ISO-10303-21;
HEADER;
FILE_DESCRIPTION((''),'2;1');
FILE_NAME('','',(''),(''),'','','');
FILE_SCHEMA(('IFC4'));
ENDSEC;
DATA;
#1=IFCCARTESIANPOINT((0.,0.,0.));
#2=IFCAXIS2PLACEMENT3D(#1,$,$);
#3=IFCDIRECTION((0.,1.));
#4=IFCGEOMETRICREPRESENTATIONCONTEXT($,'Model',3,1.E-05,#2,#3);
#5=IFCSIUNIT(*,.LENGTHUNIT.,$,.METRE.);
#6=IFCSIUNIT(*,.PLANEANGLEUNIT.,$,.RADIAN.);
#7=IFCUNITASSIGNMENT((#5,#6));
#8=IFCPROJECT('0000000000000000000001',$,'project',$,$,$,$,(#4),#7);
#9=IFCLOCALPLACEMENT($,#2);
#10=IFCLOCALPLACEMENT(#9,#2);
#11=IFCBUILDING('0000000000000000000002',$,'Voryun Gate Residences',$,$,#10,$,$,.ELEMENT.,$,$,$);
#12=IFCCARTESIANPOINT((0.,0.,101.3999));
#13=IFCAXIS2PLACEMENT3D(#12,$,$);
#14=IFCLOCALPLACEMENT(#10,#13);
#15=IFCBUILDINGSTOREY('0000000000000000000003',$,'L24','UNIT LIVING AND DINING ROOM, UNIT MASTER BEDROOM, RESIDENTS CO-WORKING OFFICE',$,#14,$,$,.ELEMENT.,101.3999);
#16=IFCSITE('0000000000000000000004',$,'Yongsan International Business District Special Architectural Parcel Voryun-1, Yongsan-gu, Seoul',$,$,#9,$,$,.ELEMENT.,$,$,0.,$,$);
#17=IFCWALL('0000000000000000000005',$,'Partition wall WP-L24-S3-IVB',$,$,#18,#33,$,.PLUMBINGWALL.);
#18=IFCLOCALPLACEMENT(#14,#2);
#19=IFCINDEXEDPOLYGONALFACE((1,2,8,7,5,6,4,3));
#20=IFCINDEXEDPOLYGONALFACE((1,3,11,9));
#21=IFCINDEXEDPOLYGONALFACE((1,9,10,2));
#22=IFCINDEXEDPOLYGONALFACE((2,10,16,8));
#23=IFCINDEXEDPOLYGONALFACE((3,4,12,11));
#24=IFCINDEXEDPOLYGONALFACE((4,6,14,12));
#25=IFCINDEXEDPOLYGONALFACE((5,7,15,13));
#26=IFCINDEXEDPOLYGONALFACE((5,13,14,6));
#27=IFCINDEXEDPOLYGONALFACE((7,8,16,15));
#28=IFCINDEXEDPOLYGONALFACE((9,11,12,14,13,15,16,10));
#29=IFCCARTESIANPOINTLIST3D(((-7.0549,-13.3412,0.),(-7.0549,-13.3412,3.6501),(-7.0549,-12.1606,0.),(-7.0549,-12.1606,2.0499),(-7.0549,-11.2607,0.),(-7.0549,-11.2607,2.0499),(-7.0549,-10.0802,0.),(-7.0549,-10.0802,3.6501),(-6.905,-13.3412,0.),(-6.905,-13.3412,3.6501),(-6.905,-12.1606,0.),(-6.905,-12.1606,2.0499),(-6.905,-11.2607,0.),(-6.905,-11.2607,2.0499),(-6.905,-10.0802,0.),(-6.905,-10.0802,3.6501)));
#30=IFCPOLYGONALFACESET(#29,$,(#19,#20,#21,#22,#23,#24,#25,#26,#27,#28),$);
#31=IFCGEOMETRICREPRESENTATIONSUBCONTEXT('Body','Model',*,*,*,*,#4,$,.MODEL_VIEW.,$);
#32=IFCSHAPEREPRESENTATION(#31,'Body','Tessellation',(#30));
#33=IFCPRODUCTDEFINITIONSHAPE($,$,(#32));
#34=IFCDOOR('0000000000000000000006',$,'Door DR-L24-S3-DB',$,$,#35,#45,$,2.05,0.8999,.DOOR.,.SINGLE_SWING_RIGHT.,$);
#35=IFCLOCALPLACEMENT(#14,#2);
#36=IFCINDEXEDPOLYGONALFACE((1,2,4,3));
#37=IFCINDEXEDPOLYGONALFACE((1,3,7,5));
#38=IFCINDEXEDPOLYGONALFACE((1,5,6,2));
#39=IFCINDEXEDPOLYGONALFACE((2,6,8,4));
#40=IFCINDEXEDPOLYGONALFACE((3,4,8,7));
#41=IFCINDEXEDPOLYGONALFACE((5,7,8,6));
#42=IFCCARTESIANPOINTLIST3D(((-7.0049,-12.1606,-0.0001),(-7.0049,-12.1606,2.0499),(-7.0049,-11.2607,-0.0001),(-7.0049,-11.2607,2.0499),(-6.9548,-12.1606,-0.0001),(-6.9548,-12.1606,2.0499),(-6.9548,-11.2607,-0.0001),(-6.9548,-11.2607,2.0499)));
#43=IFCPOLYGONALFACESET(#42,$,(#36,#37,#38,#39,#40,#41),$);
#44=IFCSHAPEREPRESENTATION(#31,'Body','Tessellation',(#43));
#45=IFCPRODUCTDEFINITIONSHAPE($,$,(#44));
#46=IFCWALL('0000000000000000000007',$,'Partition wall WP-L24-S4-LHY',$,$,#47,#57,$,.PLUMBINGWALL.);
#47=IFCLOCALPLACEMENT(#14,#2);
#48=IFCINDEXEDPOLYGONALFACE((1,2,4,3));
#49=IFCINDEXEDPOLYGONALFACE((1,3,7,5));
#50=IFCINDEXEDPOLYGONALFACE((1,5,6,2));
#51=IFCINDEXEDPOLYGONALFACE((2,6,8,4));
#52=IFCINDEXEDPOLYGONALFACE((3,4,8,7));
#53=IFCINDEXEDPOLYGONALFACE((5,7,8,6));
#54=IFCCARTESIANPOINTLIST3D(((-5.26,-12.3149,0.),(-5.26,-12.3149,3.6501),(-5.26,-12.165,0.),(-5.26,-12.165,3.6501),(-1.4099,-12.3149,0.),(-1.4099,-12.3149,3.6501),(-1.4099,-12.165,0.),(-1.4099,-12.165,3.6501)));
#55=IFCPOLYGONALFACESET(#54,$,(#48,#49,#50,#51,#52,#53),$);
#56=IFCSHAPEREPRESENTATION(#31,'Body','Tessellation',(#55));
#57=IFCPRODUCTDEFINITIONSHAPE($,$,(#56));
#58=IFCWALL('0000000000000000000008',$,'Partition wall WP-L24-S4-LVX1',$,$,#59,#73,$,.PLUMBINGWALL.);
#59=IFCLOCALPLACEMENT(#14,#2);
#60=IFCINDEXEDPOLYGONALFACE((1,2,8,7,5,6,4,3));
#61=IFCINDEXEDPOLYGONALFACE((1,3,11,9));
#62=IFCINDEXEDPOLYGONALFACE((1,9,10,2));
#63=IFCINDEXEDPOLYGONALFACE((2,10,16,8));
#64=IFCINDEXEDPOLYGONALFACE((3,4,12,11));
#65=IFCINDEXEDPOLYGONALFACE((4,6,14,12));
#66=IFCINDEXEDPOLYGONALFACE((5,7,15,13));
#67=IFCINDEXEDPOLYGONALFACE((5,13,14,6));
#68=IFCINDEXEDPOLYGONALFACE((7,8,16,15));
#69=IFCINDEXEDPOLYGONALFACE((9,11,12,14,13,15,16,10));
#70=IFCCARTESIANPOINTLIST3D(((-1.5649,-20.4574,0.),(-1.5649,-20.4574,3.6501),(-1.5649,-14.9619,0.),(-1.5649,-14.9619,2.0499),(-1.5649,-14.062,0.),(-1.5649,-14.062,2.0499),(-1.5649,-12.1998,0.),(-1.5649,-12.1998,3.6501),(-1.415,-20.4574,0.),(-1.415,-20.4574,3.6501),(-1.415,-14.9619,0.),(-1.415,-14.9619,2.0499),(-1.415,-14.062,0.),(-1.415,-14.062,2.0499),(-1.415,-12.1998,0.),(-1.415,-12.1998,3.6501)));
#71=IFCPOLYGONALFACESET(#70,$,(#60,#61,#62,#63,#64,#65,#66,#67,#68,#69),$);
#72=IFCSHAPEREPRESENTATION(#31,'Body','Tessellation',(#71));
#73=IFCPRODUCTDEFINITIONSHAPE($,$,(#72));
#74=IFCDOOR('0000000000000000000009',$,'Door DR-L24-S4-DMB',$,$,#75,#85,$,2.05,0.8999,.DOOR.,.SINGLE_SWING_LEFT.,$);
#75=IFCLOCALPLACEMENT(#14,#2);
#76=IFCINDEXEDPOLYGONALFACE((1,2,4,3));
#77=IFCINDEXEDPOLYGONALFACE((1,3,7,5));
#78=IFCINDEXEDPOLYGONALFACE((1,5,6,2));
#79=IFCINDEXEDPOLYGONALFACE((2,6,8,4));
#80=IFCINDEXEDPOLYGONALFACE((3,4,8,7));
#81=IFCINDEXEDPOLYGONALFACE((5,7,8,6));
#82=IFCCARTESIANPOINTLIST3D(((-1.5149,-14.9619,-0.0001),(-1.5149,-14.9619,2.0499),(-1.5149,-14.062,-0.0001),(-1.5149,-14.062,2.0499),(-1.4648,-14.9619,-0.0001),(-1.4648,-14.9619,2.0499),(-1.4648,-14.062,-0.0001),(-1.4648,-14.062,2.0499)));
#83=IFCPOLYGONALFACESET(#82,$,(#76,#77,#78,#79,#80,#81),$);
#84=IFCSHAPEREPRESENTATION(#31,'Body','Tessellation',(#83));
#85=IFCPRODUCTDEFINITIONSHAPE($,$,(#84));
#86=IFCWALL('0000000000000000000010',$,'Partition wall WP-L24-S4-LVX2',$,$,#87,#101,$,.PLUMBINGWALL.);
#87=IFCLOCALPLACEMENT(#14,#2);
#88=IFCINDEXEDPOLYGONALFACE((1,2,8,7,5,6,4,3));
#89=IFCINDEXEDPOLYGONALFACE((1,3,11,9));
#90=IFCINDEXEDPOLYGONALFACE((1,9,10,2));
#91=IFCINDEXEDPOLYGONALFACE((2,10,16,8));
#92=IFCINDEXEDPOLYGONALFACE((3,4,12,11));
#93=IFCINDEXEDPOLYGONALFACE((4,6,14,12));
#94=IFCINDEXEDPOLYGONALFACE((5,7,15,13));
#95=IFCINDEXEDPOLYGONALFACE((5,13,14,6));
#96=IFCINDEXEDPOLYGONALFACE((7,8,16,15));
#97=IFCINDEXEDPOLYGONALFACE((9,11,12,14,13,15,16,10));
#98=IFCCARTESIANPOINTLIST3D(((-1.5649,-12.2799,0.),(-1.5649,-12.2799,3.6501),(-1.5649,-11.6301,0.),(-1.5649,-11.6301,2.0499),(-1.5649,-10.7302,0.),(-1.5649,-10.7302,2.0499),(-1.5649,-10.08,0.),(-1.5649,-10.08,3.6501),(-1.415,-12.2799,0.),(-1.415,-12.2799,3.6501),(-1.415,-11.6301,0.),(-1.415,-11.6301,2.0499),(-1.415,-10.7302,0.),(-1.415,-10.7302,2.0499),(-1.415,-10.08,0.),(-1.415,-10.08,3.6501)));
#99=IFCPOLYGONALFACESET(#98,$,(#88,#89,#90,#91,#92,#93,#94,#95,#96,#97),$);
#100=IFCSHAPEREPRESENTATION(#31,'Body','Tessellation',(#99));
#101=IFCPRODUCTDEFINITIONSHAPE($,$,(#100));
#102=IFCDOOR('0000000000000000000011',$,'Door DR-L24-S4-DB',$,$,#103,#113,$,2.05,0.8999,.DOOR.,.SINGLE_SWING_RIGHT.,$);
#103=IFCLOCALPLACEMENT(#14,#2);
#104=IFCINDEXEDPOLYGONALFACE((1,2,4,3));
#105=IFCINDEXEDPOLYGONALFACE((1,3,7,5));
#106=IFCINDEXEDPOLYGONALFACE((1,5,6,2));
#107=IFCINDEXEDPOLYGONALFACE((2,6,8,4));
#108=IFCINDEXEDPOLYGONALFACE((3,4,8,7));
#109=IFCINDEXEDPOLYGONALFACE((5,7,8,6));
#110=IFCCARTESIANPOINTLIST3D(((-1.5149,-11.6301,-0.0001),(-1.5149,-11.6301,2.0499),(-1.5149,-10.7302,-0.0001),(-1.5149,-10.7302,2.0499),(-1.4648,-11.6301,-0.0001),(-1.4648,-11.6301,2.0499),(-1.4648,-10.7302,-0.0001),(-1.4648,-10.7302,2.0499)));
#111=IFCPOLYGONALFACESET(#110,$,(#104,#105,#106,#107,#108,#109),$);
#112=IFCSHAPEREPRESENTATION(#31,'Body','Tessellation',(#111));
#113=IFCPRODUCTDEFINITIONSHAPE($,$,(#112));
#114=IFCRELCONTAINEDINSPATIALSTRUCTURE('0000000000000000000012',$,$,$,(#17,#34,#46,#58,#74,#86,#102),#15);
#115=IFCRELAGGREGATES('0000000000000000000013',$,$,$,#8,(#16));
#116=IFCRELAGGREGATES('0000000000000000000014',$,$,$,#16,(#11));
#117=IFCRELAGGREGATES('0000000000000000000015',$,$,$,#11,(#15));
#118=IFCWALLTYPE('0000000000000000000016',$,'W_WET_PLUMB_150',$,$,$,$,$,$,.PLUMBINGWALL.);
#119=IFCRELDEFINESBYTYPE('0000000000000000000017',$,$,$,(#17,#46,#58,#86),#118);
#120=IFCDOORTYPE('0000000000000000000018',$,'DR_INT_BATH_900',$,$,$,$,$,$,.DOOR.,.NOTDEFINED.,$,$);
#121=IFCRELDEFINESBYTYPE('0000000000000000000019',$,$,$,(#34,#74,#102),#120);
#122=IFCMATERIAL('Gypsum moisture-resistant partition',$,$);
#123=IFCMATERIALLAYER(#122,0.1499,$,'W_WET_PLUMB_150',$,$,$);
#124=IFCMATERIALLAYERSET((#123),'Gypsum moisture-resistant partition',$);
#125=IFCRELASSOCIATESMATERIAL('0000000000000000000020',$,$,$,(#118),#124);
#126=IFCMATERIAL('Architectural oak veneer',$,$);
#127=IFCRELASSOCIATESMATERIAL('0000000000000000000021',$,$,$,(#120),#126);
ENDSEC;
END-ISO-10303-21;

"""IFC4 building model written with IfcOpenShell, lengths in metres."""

from ifc_helpers import new_model, si_unit, direction, frame, frame_2d, origin, place, context, subcontext, project, spatial, rectangle, extrude, material, layer, layer_set, type_object, element, fill, save


model = new_model("IFC4")

# Units and contexts
model_context = context("Model", 3, precision=1e-05, world=origin(), true_north=direction((0.0, 1.0)))
body_context = subcontext(model_context, "Body", "Model", "MODEL_VIEW")
ifc_project = project(units=[si_unit("LENGTHUNIT", "METRE"), si_unit("PLANEANGLEUNIT", "RADIAN")], contexts=[model_context])

# Site, building, storey
site_placement = place(None, origin())
site = spatial("IfcSite", under=ifc_project, at=site_placement, Name="Yongsan International Business District Special Architectural Parcel Voryun-1, Yongsan-gu, Seoul", CompositionType="ELEMENT", RefElevation=0.0)
building_placement = place(site_placement, origin())
building = spatial("IfcBuilding", under=site, at=building_placement, Name="Voryun Gate Residences", CompositionType="ELEMENT")
storey_placement = place(building_placement, frame((0.0, 0.0, 101.3999)))
storey = spatial("IfcBuildingStorey", under=building, at=storey_placement, Name="L24", Description="UNIT LIVING AND DINING ROOM, UNIT MASTER BEDROOM, RESIDENTS CO-WORKING OFFICE", CompositionType="ELEMENT", Elevation=101.3999)

# Wall, opening, door
ifc_material_1 = material(Name="Gypsum moisture-resistant partition")
ifc_layer_1 = layer(ifc_material_1, 0.1499, Name="W_WET_PLUMB_150")
ifc_layer_set_1 = layer_set([ifc_layer_1], Name="Gypsum moisture-resistant partition")
wall_type_1 = type_object("IfcWallType", Name="W_WET_PLUMB_150", PredefinedType="PLUMBINGWALL", material=ifc_layer_set_1)
wall_1_placement = place(storey_placement, frame((-6.98, -13.3411, 0.0), z_axis=(0.0, 0.0, 1.0), x_axis=(0.0, 1.0, 0.0)))
wall_1 = element("IfcWall", 1, at=wall_1_placement, inside=storey, type_object=wall_type_1, Name="Partition wall WP-L24-S3-IVB", PredefinedType="PLUMBINGWALL", context=body_context, shape_type="SweptSolid", body=[
    extrude(rectangle(XDim=3.261, YDim=0.1499, at=frame_2d((1.6304, 0.0))), origin(), (0.0, 0.0, 1.0), 3.6501),
])
opening_1_placement = place(wall_1_placement, frame((1.1804, 0.0, 0.0)))
opening_1 = element("IfcOpeningElement", 2, at=opening_1_placement, cuts=wall_1, PredefinedType="OPENING", context=body_context, shape_type="SweptSolid", body=[
    extrude(rectangle(XDim=0.8999, YDim=2.05, at=frame_2d((0.45, 1.0249))), frame((0.0, 0.085, 0.0), z_axis=(0.0, -1.0, 0.0), x_axis=(1.0, 0.0, 0.0)), (0.0, 0.0, 1.0), 0.1699),
])
ifc_material_2 = material(Name="Architectural oak veneer")
door_type_1 = type_object("IfcDoorType", Name="DR_INT_BATH_900", OperationType="NOTDEFINED", PredefinedType="DOOR", material=ifc_material_2)
door_1_placement = place(opening_1_placement, origin())
door_1 = element("IfcDoor", 3, at=door_1_placement, inside=storey, type_object=door_type_1, Name="Door DR-L24-S3-DB", OperationType="SINGLE_SWING_RIGHT", OverallHeight=2.05, OverallWidth=0.8999, PredefinedType="DOOR", context=body_context, shape_type="SweptSolid", body=[
    extrude(rectangle(XDim=0.8999, YDim=2.05, at=frame_2d((0.45, 1.0249))), frame((0.0, 0.0249, 0.0), z_axis=(0.0, -1.0, 0.0), x_axis=(1.0, 0.0, 0.0)), (0.0, 0.0, 1.0), 0.05),
])
fill(opening_1, door_1)

# Wall
wall_2_placement = place(storey_placement, frame((-5.26, -12.24, 0.0), z_axis=(0.0, 0.0, 1.0), x_axis=(1.0, 0.0, 0.0)))
element("IfcWall", 4, at=wall_2_placement, inside=storey, type_object=wall_type_1, Name="Partition wall WP-L24-S4-LHY", PredefinedType="PLUMBINGWALL", context=body_context, shape_type="SweptSolid", body=[
    extrude(rectangle(XDim=3.8501, YDim=0.1499, at=frame_2d((1.925, 0.0))), origin(), (0.0, 0.0, 1.0), 3.6501),
])

# Walls, openings, doors
wall_3_placement = place(storey_placement, frame((-1.49, -20.4575, 0.0), z_axis=(0.0, 0.0, 1.0), x_axis=(0.0, 1.0, 0.0)))
wall_3 = element("IfcWall", 5, at=wall_3_placement, inside=storey, type_object=wall_type_1, Name="Partition wall WP-L24-S4-LVX1", PredefinedType="PLUMBINGWALL", context=body_context, shape_type="SweptSolid", body=[
    extrude(rectangle(XDim=8.2576, YDim=0.1499, at=frame_2d((4.1289, 0.0))), origin(), (0.0, 0.0, 1.0), 3.6501),
])
opening_2_placement = place(wall_3_placement, frame((5.4956, 0.0, 0.0)))
opening_2 = element("IfcOpeningElement", 6, at=opening_2_placement, cuts=wall_3, PredefinedType="OPENING", context=body_context, shape_type="SweptSolid", body=[
    extrude(rectangle(XDim=0.8999, YDim=2.05, at=frame_2d((0.45, 1.0249))), frame((0.0, 0.085, 0.0), z_axis=(0.0, -1.0, 0.0), x_axis=(1.0, 0.0, 0.0)), (0.0, 0.0, 1.0), 0.1699),
])
door_2_placement = place(opening_2_placement, origin())
door_2 = element("IfcDoor", 7, at=door_2_placement, inside=storey, type_object=door_type_1, Name="Door DR-L24-S4-DMB", OperationType="SINGLE_SWING_LEFT", OverallHeight=2.05, OverallWidth=0.8999, PredefinedType="DOOR", context=body_context, shape_type="SweptSolid", body=[
    extrude(rectangle(XDim=0.8999, YDim=2.05, at=frame_2d((0.45, 1.0249))), frame((0.0, 0.0249, 0.0), z_axis=(0.0, -1.0, 0.0), x_axis=(1.0, 0.0, 0.0)), (0.0, 0.0, 1.0), 0.05),
])
fill(opening_2, door_2)
wall_4_placement = place(storey_placement, frame((-1.49, -12.28, 0.0), z_axis=(0.0, 0.0, 1.0), x_axis=(0.0, 1.0, 0.0)))
wall_4 = element("IfcWall", 8, at=wall_4_placement, inside=storey, type_object=wall_type_1, Name="Partition wall WP-L24-S4-LVX2", PredefinedType="PLUMBINGWALL", context=body_context, shape_type="SweptSolid", body=[
    extrude(rectangle(XDim=2.2, YDim=0.1499, at=frame_2d((1.1001, 0.0))), origin(), (0.0, 0.0, 1.0), 3.6501),
])
opening_3_placement = place(wall_4_placement, frame((0.6499, 0.0, 0.0)))
opening_3 = element("IfcOpeningElement", 9, at=opening_3_placement, cuts=wall_4, PredefinedType="OPENING", context=body_context, shape_type="SweptSolid", body=[
    extrude(rectangle(XDim=0.8999, YDim=2.05, at=frame_2d((0.45, 1.0249))), frame((0.0, 0.085, 0.0), z_axis=(0.0, -1.0, 0.0), x_axis=(1.0, 0.0, 0.0)), (0.0, 0.0, 1.0), 0.1699),
])
door_3_placement = place(opening_3_placement, origin())
door_3 = element("IfcDoor", 10, at=door_3_placement, inside=storey, type_object=door_type_1, Name="Door DR-L24-S4-DB", OperationType="SINGLE_SWING_RIGHT", OverallHeight=2.05, OverallWidth=0.8999, PredefinedType="DOOR", context=body_context, shape_type="SweptSolid", body=[
    extrude(rectangle(XDim=0.8999, YDim=2.05, at=frame_2d((0.45, 1.0249))), frame((0.0, 0.0249, 0.0), z_axis=(0.0, -1.0, 0.0), x_axis=(1.0, 0.0, 0.0)), (0.0, 0.0, 1.0), 0.05),
])
fill(opening_3, door_3)

save(model, "model.ifc")
